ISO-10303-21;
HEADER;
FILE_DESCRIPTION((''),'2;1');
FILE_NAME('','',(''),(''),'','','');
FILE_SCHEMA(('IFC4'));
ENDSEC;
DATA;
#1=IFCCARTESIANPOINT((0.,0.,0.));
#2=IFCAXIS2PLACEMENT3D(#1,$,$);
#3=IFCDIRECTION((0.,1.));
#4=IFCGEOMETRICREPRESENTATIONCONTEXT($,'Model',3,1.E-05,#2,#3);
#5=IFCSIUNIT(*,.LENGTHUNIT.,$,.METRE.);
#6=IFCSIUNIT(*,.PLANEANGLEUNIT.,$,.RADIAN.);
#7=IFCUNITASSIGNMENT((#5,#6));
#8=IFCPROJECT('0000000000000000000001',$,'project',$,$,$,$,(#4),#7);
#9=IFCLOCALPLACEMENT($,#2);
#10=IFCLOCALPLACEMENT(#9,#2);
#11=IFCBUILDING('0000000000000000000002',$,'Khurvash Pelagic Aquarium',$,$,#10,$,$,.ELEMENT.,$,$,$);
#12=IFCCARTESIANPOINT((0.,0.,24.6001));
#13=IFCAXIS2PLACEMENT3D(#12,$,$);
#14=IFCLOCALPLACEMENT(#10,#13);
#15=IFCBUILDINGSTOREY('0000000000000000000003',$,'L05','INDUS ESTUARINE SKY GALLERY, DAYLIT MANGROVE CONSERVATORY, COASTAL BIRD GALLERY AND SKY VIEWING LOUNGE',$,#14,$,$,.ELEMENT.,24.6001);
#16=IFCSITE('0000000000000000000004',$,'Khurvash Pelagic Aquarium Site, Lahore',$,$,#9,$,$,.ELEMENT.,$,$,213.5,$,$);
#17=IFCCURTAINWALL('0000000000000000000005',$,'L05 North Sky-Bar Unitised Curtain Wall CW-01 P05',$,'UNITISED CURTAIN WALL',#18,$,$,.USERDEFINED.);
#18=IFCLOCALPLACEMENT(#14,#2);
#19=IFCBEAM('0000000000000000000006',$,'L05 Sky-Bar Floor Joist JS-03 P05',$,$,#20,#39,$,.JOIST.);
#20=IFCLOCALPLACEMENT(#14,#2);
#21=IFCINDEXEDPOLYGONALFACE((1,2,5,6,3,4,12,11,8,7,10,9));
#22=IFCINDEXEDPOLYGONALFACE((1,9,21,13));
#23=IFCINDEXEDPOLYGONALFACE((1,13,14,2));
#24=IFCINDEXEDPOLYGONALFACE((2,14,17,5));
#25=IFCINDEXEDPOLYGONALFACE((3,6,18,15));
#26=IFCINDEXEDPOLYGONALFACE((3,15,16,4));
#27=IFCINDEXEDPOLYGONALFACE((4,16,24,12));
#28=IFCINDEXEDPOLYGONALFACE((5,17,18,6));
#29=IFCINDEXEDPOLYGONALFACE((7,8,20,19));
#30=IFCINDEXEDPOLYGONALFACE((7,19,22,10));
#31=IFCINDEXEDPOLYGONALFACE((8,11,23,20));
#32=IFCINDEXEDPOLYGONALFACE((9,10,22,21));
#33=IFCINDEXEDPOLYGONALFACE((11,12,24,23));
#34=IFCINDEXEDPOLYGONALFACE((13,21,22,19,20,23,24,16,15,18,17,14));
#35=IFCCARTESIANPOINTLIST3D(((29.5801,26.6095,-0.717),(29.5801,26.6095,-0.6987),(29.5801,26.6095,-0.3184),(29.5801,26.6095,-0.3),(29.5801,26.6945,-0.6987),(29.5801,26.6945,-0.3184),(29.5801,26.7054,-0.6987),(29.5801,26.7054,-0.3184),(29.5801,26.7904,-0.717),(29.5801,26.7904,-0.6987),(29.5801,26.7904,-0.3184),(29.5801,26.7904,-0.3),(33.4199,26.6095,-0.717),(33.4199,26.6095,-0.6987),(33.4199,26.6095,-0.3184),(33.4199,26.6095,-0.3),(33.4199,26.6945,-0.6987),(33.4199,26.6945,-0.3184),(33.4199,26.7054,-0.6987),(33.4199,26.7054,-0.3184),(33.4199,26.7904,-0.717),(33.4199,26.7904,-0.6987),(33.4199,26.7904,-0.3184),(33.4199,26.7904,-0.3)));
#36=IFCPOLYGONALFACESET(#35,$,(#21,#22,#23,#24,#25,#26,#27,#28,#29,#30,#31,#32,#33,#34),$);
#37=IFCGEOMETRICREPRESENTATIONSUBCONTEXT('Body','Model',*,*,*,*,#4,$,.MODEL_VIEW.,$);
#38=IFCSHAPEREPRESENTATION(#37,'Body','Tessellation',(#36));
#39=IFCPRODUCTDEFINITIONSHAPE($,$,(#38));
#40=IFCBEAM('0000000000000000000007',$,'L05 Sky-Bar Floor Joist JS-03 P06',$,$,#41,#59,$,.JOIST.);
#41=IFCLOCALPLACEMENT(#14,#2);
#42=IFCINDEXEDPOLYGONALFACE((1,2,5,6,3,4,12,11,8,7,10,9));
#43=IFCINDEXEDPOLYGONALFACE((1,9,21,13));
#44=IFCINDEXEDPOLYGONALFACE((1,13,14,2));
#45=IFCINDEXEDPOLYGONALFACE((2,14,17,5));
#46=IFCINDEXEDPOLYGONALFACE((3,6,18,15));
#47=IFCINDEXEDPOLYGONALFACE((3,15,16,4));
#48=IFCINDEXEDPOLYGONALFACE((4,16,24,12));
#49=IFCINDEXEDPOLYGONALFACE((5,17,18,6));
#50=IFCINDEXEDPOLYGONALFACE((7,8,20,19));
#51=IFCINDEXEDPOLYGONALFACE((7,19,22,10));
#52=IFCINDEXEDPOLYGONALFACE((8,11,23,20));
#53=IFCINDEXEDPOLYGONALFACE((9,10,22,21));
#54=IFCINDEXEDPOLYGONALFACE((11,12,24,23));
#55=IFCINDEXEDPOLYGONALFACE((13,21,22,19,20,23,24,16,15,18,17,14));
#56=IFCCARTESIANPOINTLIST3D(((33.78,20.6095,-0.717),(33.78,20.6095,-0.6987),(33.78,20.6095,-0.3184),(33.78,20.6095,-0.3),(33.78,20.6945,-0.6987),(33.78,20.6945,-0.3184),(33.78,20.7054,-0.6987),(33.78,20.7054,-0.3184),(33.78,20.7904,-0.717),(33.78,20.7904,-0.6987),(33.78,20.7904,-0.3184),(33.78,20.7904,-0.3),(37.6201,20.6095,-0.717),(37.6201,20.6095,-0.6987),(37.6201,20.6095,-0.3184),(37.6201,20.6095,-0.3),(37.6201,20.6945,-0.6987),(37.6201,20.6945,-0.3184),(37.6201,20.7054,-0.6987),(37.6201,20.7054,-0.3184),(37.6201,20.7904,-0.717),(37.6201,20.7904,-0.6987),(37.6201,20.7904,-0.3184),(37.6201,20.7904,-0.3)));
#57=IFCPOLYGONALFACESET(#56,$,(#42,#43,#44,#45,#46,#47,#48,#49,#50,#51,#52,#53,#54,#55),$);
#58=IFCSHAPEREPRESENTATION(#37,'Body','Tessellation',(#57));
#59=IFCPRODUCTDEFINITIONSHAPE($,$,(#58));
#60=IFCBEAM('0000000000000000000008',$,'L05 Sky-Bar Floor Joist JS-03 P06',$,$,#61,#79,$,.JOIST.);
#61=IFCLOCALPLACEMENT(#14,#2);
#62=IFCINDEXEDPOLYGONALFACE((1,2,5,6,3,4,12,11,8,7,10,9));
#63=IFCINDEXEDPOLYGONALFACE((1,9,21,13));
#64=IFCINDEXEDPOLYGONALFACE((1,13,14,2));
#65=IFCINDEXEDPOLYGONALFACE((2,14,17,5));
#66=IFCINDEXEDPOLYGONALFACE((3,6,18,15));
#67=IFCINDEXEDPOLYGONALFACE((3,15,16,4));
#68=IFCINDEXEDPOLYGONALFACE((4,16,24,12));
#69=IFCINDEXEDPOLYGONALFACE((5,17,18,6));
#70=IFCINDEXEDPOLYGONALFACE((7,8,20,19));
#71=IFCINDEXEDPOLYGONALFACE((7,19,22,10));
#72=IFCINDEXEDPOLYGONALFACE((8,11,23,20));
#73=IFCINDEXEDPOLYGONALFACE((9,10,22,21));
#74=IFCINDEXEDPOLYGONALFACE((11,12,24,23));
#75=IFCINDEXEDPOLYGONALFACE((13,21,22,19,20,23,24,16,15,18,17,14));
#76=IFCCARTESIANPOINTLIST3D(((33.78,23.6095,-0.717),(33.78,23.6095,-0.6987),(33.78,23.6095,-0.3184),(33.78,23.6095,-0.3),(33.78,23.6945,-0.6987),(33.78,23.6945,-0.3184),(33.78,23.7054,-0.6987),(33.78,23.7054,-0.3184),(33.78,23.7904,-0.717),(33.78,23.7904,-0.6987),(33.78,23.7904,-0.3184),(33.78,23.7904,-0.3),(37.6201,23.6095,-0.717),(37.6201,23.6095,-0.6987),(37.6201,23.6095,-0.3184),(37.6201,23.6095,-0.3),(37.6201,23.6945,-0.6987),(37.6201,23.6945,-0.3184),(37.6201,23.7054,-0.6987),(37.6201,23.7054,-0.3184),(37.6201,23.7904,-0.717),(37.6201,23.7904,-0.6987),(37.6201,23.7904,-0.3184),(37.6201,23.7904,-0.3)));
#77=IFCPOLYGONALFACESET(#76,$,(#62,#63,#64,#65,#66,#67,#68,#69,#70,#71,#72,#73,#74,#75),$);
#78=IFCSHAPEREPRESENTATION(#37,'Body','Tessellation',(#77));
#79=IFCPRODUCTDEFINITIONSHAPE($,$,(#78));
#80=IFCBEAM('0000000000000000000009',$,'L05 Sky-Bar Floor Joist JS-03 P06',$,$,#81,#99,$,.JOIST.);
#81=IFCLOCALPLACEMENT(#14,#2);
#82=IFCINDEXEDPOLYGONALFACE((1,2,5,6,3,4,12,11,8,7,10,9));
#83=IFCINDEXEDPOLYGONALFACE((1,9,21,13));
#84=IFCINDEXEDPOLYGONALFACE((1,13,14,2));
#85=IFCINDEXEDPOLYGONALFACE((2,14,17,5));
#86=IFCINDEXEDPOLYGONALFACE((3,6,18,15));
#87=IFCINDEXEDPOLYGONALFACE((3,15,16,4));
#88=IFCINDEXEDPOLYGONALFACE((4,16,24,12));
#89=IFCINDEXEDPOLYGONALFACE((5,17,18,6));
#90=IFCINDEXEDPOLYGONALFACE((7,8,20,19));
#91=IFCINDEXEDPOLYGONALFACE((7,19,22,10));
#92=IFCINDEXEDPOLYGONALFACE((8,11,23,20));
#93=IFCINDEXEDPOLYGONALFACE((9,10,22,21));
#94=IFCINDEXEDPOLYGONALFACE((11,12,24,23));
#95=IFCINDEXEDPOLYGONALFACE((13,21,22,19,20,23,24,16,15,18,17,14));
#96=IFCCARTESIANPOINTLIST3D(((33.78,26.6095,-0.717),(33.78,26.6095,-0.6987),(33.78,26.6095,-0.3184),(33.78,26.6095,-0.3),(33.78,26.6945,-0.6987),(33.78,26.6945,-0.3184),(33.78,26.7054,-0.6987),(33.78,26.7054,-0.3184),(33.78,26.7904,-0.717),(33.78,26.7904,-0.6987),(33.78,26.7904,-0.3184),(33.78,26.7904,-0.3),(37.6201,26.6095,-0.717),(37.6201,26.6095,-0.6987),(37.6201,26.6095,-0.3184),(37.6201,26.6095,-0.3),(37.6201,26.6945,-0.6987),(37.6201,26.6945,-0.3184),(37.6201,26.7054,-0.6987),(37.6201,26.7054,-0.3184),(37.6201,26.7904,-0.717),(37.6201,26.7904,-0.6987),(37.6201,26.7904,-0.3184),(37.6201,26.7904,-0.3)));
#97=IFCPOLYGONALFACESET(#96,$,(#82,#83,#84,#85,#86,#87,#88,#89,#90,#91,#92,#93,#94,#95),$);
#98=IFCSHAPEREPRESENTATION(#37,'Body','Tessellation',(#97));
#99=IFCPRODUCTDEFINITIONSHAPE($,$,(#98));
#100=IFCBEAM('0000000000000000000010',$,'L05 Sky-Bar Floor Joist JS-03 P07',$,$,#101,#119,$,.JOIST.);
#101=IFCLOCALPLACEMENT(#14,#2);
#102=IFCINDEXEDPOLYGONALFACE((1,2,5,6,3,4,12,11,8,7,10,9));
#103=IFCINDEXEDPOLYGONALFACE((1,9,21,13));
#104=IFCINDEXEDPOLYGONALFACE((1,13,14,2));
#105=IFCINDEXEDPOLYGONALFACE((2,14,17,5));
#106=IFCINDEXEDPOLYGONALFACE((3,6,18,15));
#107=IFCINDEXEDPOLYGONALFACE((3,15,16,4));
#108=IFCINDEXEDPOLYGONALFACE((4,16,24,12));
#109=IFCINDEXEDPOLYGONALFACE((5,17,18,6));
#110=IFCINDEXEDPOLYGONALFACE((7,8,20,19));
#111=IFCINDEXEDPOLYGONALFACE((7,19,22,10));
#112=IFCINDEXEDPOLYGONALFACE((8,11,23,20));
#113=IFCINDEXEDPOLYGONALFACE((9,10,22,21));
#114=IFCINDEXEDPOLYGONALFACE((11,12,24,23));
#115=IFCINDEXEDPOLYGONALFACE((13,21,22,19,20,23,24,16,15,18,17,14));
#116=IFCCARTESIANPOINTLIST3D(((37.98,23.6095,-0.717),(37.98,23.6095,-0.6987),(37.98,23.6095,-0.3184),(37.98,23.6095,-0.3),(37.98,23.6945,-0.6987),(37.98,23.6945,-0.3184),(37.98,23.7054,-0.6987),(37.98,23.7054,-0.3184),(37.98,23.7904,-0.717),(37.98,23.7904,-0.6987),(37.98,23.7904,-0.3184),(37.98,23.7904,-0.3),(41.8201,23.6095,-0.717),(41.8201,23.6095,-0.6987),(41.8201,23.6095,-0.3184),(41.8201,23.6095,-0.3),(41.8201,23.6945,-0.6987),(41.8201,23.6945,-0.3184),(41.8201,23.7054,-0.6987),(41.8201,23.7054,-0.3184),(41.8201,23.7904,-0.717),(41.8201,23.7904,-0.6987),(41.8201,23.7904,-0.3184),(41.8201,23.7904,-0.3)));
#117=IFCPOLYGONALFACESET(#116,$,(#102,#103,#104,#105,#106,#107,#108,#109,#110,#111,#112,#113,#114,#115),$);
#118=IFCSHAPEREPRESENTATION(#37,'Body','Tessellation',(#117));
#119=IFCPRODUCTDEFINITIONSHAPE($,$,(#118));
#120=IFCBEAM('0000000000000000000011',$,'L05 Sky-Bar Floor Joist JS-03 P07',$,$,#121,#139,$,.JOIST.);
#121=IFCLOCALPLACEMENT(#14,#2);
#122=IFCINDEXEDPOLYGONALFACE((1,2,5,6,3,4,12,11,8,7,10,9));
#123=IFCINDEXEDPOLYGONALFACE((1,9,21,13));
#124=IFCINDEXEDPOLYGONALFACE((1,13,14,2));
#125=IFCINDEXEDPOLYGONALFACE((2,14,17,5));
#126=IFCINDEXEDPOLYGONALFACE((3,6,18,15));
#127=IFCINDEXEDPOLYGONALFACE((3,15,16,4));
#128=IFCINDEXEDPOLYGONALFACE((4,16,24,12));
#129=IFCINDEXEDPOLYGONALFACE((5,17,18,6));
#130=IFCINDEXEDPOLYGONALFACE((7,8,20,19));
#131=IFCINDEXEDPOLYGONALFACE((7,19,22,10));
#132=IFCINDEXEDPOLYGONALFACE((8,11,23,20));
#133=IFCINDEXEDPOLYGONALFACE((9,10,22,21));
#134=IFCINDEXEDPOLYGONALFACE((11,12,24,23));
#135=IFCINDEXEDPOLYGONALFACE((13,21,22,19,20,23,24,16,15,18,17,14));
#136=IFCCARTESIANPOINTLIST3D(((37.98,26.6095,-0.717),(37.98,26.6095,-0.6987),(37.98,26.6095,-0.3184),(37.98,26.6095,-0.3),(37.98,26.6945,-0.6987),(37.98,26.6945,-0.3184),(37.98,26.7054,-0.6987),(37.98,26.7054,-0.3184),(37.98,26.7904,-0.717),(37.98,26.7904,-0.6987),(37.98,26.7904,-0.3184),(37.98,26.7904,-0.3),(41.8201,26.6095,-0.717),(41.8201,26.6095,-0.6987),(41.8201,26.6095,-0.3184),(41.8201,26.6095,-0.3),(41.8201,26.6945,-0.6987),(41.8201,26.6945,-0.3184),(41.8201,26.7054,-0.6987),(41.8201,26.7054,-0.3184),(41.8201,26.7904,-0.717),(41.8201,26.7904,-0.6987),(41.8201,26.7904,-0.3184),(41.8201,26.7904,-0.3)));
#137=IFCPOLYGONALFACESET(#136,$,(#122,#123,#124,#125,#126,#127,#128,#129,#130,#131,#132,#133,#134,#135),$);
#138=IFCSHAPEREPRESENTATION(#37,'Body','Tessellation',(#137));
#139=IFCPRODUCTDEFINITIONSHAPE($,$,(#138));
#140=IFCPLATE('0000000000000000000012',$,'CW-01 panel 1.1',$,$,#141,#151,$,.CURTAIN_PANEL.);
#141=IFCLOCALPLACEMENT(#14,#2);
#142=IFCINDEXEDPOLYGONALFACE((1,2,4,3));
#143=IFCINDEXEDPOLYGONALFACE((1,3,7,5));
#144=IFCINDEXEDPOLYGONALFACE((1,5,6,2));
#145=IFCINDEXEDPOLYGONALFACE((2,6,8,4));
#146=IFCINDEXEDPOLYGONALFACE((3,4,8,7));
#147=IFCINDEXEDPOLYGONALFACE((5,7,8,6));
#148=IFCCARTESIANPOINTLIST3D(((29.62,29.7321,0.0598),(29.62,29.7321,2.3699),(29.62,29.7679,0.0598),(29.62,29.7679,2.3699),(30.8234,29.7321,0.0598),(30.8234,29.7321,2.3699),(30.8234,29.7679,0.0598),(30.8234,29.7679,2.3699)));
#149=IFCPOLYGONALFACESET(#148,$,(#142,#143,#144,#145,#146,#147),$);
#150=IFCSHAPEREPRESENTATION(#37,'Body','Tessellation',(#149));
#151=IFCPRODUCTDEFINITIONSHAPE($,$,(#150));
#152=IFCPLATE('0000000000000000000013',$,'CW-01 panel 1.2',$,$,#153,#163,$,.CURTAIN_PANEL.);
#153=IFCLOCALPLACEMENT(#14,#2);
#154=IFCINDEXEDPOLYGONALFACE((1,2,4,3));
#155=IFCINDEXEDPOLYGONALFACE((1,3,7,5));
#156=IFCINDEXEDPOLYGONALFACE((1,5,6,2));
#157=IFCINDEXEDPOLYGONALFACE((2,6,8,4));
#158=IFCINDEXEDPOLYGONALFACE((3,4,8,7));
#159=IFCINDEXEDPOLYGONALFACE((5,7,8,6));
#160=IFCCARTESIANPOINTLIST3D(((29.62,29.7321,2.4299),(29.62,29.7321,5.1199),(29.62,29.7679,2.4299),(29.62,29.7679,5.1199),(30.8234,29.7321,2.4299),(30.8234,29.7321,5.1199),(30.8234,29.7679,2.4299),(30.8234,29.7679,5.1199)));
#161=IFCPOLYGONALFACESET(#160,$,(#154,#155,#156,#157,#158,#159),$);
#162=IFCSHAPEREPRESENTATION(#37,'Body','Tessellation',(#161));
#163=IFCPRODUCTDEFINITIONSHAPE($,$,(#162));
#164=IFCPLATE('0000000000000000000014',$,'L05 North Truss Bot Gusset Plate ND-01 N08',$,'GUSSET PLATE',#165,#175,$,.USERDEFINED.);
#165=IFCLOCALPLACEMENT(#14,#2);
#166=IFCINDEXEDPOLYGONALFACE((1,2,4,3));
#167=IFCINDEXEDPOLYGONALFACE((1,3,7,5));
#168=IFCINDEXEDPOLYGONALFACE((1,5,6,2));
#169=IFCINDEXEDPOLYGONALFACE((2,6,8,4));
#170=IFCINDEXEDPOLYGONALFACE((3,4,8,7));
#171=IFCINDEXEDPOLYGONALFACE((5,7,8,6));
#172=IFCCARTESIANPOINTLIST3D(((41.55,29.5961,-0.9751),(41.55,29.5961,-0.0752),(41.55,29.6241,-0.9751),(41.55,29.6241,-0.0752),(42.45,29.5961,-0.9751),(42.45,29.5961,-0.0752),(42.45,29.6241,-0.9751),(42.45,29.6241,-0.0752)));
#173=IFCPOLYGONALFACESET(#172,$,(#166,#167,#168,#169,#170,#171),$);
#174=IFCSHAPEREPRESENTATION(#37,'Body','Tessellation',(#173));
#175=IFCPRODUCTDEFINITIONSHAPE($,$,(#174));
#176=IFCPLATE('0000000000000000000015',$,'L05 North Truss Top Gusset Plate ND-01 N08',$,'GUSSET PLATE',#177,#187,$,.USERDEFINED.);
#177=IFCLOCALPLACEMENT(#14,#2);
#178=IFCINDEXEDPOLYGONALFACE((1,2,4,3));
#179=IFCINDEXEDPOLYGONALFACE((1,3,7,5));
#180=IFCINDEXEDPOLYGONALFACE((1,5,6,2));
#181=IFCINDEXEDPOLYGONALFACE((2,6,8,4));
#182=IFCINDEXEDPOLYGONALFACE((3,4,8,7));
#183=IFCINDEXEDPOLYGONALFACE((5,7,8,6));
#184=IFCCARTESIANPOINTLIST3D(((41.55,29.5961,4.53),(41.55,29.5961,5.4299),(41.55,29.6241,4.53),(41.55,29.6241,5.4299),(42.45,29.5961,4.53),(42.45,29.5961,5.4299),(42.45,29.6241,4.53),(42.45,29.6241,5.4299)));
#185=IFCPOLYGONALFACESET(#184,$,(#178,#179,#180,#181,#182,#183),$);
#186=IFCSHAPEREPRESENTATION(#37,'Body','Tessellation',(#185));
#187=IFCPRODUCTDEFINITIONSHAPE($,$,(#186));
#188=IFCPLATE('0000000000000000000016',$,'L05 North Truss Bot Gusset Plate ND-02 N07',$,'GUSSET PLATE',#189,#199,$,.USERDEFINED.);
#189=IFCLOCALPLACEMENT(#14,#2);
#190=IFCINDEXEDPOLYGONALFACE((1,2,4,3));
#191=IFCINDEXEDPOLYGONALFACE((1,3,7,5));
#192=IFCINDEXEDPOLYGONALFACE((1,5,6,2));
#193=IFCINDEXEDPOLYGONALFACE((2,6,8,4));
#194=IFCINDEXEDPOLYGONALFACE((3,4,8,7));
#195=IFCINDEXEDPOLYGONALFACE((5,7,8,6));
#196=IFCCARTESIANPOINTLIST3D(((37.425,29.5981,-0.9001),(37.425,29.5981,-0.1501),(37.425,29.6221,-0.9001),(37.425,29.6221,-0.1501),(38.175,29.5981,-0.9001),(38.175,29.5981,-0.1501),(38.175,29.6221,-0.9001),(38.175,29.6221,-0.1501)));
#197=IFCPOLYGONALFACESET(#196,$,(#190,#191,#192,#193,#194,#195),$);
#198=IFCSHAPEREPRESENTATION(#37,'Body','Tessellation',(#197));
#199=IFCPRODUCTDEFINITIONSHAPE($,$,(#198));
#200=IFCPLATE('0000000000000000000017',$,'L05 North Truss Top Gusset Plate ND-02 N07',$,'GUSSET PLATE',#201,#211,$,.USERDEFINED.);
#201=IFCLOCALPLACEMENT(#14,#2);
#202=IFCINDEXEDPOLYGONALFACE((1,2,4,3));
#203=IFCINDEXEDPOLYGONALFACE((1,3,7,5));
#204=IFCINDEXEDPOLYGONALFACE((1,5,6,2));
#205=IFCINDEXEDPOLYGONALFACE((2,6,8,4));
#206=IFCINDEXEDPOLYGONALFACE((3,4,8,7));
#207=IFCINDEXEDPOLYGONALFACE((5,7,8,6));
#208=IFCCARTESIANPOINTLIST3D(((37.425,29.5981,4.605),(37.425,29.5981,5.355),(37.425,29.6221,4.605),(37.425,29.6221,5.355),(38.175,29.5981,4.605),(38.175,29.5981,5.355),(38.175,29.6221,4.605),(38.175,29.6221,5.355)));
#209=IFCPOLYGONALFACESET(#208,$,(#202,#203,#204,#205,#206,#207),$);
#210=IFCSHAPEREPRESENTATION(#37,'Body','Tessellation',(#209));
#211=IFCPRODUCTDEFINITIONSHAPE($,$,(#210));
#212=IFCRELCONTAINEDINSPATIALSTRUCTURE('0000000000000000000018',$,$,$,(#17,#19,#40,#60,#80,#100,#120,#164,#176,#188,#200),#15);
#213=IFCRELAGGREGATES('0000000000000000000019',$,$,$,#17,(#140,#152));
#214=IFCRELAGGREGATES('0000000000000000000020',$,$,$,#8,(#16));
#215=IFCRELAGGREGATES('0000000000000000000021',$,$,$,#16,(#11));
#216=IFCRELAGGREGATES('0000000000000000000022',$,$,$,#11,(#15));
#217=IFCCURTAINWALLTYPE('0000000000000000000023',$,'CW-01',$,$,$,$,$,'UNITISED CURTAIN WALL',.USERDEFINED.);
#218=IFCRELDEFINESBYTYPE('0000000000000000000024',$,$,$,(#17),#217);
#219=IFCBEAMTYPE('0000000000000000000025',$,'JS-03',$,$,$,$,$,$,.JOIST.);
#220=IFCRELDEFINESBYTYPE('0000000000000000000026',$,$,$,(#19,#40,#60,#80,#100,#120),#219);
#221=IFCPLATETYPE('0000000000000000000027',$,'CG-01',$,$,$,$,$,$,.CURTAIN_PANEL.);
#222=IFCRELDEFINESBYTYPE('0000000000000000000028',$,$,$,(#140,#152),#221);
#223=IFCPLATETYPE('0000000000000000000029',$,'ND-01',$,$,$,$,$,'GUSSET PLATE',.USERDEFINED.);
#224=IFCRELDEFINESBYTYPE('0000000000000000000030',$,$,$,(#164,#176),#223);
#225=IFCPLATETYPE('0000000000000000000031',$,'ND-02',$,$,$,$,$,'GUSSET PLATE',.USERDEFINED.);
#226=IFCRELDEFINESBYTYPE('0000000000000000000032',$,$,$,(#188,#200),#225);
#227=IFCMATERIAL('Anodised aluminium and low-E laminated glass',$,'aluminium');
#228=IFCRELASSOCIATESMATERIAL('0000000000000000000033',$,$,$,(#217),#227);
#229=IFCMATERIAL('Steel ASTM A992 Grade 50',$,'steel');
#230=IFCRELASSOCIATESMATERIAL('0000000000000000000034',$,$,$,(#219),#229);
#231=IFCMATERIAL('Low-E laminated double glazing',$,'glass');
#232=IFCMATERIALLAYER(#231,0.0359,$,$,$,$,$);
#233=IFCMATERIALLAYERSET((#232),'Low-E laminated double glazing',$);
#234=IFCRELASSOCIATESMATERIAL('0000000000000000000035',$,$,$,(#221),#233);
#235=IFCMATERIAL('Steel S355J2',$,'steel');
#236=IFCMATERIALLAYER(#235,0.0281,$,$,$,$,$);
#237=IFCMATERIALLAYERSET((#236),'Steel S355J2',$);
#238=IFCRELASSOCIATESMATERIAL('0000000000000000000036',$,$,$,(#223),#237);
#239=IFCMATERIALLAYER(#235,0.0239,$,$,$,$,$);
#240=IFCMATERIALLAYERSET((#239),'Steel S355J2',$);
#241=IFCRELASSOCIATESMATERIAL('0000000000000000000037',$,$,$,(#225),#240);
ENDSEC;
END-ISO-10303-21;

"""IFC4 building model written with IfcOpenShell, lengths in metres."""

from ifc_helpers import new_model, si_unit, direction, frame, origin, origin_2d, place, context, subcontext, project, spatial, rectangle, i_section, extrude, material, layer, layer_set, material_profile, profile_set, type_object, element, aggregate, save


model = new_model("IFC4")

# Units and contexts
model_context = context("Model", 3, precision=1e-05, world=origin(), true_north=direction((0.0, 1.0)))
body_context = subcontext(model_context, "Body", "Model", "MODEL_VIEW")
ifc_project = project(units=[si_unit("LENGTHUNIT", "METRE"), si_unit("PLANEANGLEUNIT", "RADIAN")], contexts=[model_context])

# Site, building, storey
site_placement = place(None, origin())
site = spatial("IfcSite", under=ifc_project, at=site_placement, Name="Khurvash Pelagic Aquarium Site, Lahore", CompositionType="ELEMENT", RefElevation=213.5)
building_placement = place(site_placement, origin())
building = spatial("IfcBuilding", under=site, at=building_placement, Name="Khurvash Pelagic Aquarium", CompositionType="ELEMENT")
storey_placement = place(building_placement, frame((0.0, 0.0, 24.6001)))
storey = spatial("IfcBuildingStorey", under=building, at=storey_placement, Name="L05", Description="INDUS ESTUARINE SKY GALLERY, DAYLIT MANGROVE CONSERVATORY, COASTAL BIRD GALLERY AND SKY VIEWING LOUNGE", CompositionType="ELEMENT", Elevation=24.6001)

# Shared definitions
ifc_material_1 = material(Name="Steel ASTM A992 Grade 50", Category="steel")

# Curtain wall
ifc_material_2 = material(Name="Anodised aluminium and low-E laminated glass", Category="aluminium")
curtain_wall_type = type_object("IfcCurtainWallType", Name="CW-01", ElementType="UNITISED CURTAIN WALL", PredefinedType="USERDEFINED", material=ifc_material_2)
curtain_wall_placement = place(storey_placement, origin())
curtain_wall = element("IfcCurtainWall", 1, at=curtain_wall_placement, inside=storey, type_object=curtain_wall_type, Name="L05 North Sky-Bar Unitised Curtain Wall CW-01 P05", ObjectType="UNITISED CURTAIN WALL", PredefinedType="USERDEFINED")

# Beams
ifc_material_profile_1 = material_profile(ifc_material_1, i_section(OverallWidth=0.1809, OverallDepth=0.417, WebThickness=0.011, FlangeThickness=0.0183, at=origin_2d()), Name="W16X57")
ifc_profile_set_1 = profile_set([ifc_material_profile_1], Name="Steel ASTM A992 Grade 50")
beam_type_1 = type_object("IfcBeamType", Name="JS-03", PredefinedType="JOIST", material=ifc_profile_set_1)
for number, where, z_axis, x_axis, name in (
    (2, (29.5801, 26.7, -0.5085), (1.0, 0.0, 0.0), (0.0, 1.0, 0.0), "L05 Sky-Bar Floor Joist JS-03 P05"),
):
    element("IfcBeam", number, at=place(storey_placement, frame(where, z_axis=z_axis, x_axis=x_axis)), inside=storey, type_object=beam_type_1, Name=name, PredefinedType="JOIST", context=body_context, shape_type="SweptSolid", body=[
        extrude(i_section(OverallWidth=0.1809, OverallDepth=0.417, WebThickness=0.011, FlangeThickness=0.0183, at=origin_2d()), origin(), (0.0, 0.0, 1.0), 3.8398),
    ])
for number, where, z_axis, x_axis, name in (
    (3, (33.78, 20.7, -0.5085), (1.0, 0.0, 0.0), (0.0, 1.0, 0.0), "L05 Sky-Bar Floor Joist JS-03 P06"),
    (4, (33.78, 23.7, -0.5085), (1.0, 0.0, 0.0), (0.0, 1.0, 0.0), "L05 Sky-Bar Floor Joist JS-03 P06"),
    (5, (33.78, 26.7, -0.5085), (1.0, 0.0, 0.0), (0.0, 1.0, 0.0), "L05 Sky-Bar Floor Joist JS-03 P06"),
    (6, (37.98, 23.7, -0.5085), (1.0, 0.0, 0.0), (0.0, 1.0, 0.0), "L05 Sky-Bar Floor Joist JS-03 P07"),
    (7, (37.98, 26.7, -0.5085), (1.0, 0.0, 0.0), (0.0, 1.0, 0.0), "L05 Sky-Bar Floor Joist JS-03 P07"),
):
    element("IfcBeam", number, at=place(storey_placement, frame(where, z_axis=z_axis, x_axis=x_axis)), inside=storey, type_object=beam_type_1, Name=name, PredefinedType="JOIST", context=body_context, shape_type="SweptSolid", body=[
        extrude(i_section(OverallWidth=0.1809, OverallDepth=0.417, WebThickness=0.011, FlangeThickness=0.0183, at=origin_2d()), origin(), (0.0, 0.0, 1.0), 3.8401),
    ])

# Plates
ifc_material_3 = material(Name="Low-E laminated double glazing", Category="glass")
ifc_layer_1 = layer(ifc_material_3, 0.0359)
ifc_layer_set_1 = layer_set([ifc_layer_1], Name="Low-E laminated double glazing")
plate_type_1 = type_object("IfcPlateType", Name="CG-01", PredefinedType="CURTAIN_PANEL", material=ifc_layer_set_1)
plate_1_placement = place(storey_placement, frame((30.2217, 29.75, 0.0598), z_axis=(0.0, 0.0, 1.0), x_axis=(1.0, 0.0, 0.0)))
plate_1 = element("IfcPlate", 8, at=plate_1_placement, type_object=plate_type_1, Name="CW-01 panel 1.1", PredefinedType="CURTAIN_PANEL", context=body_context, shape_type="SweptSolid", body=[
    extrude(rectangle(XDim=1.2034, YDim=0.0359, at=origin_2d()), origin(), (0.0, 0.0, 1.0), 2.3101),
])
plate_2_placement = place(storey_placement, frame((30.2217, 29.75, 2.4299), z_axis=(0.0, 0.0, 1.0), x_axis=(1.0, 0.0, 0.0)))
plate_2 = element("IfcPlate", 9, at=plate_2_placement, type_object=plate_type_1, Name="CW-01 panel 1.2", PredefinedType="CURTAIN_PANEL", context=body_context, shape_type="SweptSolid", body=[
    extrude(rectangle(XDim=1.2034, YDim=0.0359, at=origin_2d()), origin(), (0.0, 0.0, 1.0), 2.6899),
])
aggregate(curtain_wall, [plate_1, plate_2])

# Plates
ifc_material_4 = material(Name="Steel S355J2", Category="steel")
ifc_layer_2 = layer(ifc_material_4, 0.0281)
ifc_layer_set_2 = layer_set([ifc_layer_2], Name="Steel S355J2")
plate_type_2 = type_object("IfcPlateType", Name="ND-01", ElementType="GUSSET PLATE", PredefinedType="USERDEFINED", material=ifc_layer_set_2)
for number, where, z_axis, x_axis, name in (
    (10, (42.0, 29.6101, -0.9751), (0.0, 0.0, 1.0), (1.0, 0.0, 0.0), "L05 North Truss Bot Gusset Plate ND-01 N08"),
    (11, (42.0, 29.6101, 4.53), (0.0, 0.0, 1.0), (1.0, 0.0, 0.0), "L05 North Truss Top Gusset Plate ND-01 N08"),
):
    element("IfcPlate", number, at=place(storey_placement, frame(where, z_axis=z_axis, x_axis=x_axis)), inside=storey, type_object=plate_type_2, Name=name, ObjectType="GUSSET PLATE", PredefinedType="USERDEFINED", context=body_context, shape_type="SweptSolid", body=[
        extrude(rectangle(XDim=0.8999, YDim=0.0281, at=origin_2d()), origin(), (0.0, 0.0, 1.0), 0.8999),
    ])
ifc_layer_3 = layer(ifc_material_4, 0.0239)
ifc_layer_set_3 = layer_set([ifc_layer_3], Name="Steel S355J2")
plate_type_3 = type_object("IfcPlateType", Name="ND-02", ElementType="GUSSET PLATE", PredefinedType="USERDEFINED", material=ifc_layer_set_3)
for number, where, z_axis, x_axis, name in (
    (12, (37.8, 29.6101, -0.9001), (0.0, 0.0, 1.0), (1.0, 0.0, 0.0), "L05 North Truss Bot Gusset Plate ND-02 N07"),
    (13, (37.8, 29.6101, 4.605), (0.0, 0.0, 1.0), (1.0, 0.0, 0.0), "L05 North Truss Top Gusset Plate ND-02 N07"),
):
    element("IfcPlate", number, at=place(storey_placement, frame(where, z_axis=z_axis, x_axis=x_axis)), inside=storey, type_object=plate_type_3, Name=name, ObjectType="GUSSET PLATE", PredefinedType="USERDEFINED", context=body_context, shape_type="SweptSolid", body=[
        extrude(rectangle(XDim=0.75, YDim=0.0239, at=origin_2d()), origin(), (0.0, 0.0, 1.0), 0.75),
    ])

save(model, "model.ifc")
